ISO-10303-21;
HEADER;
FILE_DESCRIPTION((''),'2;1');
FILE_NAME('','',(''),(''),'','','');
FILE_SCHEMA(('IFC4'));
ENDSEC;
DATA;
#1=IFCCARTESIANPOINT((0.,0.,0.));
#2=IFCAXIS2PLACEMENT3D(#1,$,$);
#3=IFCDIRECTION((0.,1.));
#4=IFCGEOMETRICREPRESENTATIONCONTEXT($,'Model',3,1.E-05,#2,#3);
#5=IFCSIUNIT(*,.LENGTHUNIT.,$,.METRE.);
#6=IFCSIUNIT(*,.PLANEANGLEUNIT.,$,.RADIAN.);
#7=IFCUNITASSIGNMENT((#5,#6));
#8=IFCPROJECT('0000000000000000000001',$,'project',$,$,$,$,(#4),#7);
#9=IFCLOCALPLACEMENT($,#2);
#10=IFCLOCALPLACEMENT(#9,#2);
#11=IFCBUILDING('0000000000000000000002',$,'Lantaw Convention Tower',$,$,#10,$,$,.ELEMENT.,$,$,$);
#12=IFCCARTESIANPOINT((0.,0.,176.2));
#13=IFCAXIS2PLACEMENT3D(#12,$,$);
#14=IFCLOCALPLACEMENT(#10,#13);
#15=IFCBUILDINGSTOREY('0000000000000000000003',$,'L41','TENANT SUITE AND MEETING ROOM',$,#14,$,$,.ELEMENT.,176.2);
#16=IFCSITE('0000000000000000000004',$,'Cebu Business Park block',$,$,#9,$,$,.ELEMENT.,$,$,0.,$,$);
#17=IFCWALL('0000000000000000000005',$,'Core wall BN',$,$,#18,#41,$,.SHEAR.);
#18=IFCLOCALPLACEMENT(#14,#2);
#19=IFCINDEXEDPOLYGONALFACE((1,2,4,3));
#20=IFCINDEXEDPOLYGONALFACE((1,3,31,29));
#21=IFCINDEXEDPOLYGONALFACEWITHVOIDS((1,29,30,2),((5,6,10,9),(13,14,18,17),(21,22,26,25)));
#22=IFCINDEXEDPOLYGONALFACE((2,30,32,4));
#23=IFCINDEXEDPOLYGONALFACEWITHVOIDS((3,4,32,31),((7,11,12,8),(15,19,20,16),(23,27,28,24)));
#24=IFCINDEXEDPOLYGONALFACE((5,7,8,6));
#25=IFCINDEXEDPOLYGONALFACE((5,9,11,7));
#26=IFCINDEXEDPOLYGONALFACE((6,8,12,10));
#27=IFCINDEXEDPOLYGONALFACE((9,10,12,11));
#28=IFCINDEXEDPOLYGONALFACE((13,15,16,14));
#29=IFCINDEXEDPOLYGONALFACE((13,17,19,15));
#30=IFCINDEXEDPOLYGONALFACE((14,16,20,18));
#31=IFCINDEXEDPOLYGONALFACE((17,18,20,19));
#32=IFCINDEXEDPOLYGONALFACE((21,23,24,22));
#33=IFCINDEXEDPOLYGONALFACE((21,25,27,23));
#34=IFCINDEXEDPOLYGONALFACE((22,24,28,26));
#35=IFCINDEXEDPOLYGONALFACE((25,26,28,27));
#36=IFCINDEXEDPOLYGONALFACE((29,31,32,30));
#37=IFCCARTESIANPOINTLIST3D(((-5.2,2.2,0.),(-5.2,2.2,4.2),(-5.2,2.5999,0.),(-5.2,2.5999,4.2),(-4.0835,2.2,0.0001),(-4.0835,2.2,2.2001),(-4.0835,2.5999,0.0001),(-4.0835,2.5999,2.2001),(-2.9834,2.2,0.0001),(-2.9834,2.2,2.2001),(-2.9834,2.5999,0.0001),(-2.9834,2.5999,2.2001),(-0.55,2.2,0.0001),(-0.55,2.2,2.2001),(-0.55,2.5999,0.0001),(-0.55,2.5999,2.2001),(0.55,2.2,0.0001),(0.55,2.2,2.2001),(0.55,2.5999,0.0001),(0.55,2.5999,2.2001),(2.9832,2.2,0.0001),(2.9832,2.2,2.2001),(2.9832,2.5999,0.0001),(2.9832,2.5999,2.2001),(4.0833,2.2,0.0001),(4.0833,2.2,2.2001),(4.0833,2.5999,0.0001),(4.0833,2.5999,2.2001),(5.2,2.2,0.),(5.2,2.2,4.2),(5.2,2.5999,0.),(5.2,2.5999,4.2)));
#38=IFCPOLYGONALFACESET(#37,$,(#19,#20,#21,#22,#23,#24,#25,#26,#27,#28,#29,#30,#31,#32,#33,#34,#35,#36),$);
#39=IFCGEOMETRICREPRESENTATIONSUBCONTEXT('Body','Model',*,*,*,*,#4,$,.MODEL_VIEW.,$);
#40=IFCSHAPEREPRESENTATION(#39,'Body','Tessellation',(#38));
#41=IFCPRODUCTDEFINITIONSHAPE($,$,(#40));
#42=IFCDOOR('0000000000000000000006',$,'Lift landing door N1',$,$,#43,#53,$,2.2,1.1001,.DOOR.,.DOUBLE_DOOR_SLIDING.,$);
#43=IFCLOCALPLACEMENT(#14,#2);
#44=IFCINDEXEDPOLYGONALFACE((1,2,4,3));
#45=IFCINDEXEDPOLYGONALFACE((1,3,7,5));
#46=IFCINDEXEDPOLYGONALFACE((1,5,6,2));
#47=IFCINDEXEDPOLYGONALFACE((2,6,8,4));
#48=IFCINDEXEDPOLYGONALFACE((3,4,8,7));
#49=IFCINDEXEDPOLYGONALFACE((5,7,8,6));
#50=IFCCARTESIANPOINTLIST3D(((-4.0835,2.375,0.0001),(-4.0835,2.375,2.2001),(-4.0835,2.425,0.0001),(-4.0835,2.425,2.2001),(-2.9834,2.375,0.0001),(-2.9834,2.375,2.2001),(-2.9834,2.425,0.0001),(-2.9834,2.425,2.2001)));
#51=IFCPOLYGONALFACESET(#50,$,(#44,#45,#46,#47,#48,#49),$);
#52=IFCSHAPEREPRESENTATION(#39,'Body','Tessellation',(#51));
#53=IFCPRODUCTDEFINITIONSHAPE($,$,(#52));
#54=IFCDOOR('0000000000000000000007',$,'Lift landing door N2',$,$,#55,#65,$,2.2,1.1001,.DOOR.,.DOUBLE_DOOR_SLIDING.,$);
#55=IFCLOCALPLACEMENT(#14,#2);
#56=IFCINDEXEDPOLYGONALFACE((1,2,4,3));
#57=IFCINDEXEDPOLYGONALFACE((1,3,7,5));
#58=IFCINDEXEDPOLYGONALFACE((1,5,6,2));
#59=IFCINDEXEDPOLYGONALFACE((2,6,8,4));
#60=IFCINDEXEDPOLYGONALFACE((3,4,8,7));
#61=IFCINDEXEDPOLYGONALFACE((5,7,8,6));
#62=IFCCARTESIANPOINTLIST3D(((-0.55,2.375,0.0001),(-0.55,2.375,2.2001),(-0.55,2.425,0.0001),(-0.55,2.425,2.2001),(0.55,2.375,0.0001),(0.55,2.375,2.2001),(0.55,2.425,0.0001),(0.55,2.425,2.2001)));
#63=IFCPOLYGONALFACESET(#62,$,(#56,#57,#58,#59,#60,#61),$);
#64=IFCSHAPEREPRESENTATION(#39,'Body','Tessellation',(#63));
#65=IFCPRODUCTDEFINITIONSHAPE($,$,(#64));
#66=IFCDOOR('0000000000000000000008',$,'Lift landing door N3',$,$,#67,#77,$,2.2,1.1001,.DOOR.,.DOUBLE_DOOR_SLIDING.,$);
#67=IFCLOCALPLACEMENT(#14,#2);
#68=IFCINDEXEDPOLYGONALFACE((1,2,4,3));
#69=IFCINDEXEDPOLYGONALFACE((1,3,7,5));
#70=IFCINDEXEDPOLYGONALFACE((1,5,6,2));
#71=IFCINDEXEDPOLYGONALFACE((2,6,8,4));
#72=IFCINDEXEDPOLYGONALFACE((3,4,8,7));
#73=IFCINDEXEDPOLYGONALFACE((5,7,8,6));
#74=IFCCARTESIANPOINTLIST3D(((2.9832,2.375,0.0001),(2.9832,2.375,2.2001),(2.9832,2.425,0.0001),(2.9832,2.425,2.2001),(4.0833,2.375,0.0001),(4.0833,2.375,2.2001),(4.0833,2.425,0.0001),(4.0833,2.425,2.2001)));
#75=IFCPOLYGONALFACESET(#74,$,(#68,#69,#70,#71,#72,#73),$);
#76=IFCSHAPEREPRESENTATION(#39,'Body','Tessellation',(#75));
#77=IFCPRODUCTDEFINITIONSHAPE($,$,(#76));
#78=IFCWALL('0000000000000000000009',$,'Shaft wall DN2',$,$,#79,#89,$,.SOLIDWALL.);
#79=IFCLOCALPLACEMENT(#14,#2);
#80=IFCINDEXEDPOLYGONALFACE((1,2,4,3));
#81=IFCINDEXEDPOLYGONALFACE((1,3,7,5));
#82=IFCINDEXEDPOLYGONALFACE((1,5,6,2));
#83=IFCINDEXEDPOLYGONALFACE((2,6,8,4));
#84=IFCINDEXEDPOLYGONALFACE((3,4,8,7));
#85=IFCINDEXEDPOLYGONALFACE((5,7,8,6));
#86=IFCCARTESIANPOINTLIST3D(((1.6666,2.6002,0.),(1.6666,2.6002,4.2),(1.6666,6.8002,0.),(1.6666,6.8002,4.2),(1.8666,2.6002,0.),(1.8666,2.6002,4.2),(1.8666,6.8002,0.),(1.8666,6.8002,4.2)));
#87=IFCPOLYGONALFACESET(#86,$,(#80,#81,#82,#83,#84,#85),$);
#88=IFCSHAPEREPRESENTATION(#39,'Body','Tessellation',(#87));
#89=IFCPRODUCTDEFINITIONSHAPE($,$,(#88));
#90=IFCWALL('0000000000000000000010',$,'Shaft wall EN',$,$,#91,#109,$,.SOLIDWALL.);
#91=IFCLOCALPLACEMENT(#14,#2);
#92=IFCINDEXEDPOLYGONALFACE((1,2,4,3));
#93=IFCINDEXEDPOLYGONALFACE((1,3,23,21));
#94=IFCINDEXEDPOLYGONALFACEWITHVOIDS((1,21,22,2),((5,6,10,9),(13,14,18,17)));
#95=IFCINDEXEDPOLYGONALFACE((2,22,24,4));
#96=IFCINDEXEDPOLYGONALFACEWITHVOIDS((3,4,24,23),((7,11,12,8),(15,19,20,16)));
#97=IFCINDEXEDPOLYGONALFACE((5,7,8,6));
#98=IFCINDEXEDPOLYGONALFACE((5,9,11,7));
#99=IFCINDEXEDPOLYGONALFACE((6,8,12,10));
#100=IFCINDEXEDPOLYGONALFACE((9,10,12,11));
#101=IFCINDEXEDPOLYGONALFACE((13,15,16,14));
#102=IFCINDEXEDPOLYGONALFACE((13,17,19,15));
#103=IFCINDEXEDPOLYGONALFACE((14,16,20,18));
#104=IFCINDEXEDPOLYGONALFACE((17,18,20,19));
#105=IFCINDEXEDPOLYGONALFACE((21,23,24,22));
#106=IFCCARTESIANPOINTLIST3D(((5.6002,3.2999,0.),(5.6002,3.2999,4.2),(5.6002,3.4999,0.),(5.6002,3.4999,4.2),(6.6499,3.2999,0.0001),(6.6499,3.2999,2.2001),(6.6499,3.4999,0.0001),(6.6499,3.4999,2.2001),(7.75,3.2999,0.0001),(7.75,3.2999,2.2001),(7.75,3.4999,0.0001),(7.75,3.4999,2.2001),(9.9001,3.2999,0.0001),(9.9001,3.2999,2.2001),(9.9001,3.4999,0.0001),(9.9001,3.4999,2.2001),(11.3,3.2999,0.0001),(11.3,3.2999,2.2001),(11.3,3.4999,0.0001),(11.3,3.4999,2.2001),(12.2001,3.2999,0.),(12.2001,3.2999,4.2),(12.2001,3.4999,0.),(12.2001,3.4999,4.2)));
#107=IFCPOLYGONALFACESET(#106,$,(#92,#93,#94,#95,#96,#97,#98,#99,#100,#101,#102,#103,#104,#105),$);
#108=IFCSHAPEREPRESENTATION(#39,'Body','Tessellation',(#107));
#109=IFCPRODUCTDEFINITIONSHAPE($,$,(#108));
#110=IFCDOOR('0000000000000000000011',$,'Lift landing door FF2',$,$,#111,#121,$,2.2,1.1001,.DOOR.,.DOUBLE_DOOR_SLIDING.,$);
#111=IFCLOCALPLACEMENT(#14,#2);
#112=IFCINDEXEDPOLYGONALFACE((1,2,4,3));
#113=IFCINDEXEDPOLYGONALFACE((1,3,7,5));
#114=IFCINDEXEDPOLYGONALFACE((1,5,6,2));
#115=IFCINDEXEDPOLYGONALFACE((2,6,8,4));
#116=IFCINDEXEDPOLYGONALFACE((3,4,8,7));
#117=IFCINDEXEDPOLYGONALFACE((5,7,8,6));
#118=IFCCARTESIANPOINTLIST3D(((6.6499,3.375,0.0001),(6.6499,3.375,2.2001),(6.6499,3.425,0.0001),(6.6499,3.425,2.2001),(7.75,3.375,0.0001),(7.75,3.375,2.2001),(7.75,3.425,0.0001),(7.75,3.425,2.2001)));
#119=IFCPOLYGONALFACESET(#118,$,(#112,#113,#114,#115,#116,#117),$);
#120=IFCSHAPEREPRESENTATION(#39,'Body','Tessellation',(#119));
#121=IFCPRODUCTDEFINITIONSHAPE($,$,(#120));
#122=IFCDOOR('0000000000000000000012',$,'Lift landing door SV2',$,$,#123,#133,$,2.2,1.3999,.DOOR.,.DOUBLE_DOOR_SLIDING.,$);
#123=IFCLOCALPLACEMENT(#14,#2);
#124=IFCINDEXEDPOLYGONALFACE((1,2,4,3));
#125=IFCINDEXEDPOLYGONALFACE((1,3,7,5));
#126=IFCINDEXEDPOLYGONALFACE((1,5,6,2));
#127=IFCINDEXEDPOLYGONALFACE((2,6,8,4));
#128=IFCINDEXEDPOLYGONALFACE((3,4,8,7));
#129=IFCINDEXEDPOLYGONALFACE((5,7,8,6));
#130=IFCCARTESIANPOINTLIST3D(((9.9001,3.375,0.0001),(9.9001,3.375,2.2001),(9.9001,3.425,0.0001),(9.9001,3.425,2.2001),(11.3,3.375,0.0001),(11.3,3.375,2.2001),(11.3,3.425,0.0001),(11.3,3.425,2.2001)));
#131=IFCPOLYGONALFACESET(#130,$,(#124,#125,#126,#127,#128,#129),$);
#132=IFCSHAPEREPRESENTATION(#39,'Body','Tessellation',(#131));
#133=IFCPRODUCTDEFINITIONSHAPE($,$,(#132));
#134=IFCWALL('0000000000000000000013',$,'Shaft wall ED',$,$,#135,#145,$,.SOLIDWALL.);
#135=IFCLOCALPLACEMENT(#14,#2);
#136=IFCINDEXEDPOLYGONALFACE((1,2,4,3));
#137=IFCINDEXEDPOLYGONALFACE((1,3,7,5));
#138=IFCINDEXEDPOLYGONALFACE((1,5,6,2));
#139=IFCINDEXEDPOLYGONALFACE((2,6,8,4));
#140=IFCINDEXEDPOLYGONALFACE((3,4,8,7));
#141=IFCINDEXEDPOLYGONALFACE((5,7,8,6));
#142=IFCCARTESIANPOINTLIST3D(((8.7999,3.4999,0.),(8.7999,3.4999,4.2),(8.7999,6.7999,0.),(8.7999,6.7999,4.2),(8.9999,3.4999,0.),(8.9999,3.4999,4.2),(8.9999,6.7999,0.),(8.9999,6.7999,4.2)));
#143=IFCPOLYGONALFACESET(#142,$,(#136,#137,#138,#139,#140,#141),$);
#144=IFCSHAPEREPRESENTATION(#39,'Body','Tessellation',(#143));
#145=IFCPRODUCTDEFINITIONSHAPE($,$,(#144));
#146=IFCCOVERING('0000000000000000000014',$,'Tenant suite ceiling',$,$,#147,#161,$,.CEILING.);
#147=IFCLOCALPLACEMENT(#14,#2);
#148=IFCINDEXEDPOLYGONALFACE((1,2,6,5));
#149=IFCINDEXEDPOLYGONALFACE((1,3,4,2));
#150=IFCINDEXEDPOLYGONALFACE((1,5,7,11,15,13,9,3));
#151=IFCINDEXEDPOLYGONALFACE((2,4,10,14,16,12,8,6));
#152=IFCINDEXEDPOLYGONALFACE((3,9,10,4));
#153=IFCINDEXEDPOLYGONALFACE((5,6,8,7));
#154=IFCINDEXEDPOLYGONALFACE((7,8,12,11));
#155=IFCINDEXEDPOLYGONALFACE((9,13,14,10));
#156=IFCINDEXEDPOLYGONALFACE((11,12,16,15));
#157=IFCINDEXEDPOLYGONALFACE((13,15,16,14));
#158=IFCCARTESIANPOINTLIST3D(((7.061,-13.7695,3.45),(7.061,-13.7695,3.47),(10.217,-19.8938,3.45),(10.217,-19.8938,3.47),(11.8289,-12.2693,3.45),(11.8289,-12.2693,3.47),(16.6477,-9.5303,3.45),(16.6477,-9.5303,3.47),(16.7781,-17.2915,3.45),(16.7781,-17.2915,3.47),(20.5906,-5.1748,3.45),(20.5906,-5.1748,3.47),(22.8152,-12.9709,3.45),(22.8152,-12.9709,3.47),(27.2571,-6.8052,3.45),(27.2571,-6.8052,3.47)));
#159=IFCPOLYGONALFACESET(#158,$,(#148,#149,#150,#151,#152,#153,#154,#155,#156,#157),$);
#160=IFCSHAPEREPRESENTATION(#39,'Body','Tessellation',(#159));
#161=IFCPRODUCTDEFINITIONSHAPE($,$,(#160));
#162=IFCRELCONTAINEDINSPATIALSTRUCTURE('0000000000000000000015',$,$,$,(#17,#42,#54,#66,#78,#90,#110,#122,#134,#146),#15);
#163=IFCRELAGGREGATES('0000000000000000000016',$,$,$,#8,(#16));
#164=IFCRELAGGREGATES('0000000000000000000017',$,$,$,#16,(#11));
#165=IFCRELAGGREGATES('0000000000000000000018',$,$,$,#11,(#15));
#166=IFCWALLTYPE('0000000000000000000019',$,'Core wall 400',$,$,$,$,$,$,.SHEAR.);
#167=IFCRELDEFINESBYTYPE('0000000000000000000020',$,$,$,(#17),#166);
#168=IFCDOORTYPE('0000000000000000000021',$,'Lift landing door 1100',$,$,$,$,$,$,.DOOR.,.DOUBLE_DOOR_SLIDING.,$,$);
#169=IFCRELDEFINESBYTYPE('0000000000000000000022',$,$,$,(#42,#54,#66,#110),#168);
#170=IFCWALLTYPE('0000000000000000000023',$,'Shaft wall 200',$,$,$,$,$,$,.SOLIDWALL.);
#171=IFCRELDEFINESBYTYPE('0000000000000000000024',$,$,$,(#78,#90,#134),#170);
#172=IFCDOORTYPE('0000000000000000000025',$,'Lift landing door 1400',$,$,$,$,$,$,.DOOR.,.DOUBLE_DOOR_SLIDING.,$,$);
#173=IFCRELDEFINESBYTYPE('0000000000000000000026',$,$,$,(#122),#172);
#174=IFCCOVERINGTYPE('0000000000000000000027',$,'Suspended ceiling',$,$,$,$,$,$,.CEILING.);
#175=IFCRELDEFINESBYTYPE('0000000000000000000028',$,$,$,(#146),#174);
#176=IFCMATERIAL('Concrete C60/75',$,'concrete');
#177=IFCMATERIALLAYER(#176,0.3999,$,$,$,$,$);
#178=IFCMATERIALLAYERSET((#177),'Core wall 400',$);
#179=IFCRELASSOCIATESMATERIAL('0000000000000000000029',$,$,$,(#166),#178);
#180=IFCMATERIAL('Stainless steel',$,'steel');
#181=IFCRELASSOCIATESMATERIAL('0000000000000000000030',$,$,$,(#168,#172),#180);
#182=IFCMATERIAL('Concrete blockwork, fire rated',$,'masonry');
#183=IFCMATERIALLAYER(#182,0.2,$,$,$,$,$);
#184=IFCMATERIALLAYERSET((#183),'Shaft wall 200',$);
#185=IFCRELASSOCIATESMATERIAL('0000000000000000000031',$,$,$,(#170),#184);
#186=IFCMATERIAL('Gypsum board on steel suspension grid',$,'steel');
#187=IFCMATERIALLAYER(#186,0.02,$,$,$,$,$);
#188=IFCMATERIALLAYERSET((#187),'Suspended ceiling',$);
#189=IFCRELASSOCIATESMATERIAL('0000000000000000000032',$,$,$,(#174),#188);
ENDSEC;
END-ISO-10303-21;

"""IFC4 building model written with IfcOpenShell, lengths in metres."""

from ifc_helpers import new_model, si_unit, direction, frame, frame_2d, origin, place, context, subcontext, project, spatial, polyline, rectangle, outline, extrude, material, layer, layer_set, type_object, element, fill, save


model = new_model("IFC4")

# Units and contexts
model_context = context("Model", 3, precision=1e-05, world=origin(), true_north=direction((0.0, 1.0)))
body_context = subcontext(model_context, "Body", "Model", "MODEL_VIEW")
ifc_project = project(units=[si_unit("LENGTHUNIT", "METRE"), si_unit("PLANEANGLEUNIT", "RADIAN")], contexts=[model_context])

# Site, building, storey
site_placement = place(None, origin())
site = spatial("IfcSite", under=ifc_project, at=site_placement, Name="Cebu Business Park block", CompositionType="ELEMENT", RefElevation=0.0)
building_placement = place(site_placement, origin())
building = spatial("IfcBuilding", under=site, at=building_placement, Name="Lantaw Convention Tower", CompositionType="ELEMENT")
storey_placement = place(building_placement, frame((0.0, 0.0, 176.2)))
storey = spatial("IfcBuildingStorey", under=building, at=storey_placement, Name="L41", Description="TENANT SUITE AND MEETING ROOM", CompositionType="ELEMENT", Elevation=176.2)

# Wall, openings, doors
ifc_material_1 = material(Name="Concrete C60/75", Category="concrete")
ifc_layer_1 = layer(ifc_material_1, 0.3999)
ifc_layer_set_1 = layer_set([ifc_layer_1], Name="Core wall 400")
wall_type_1 = type_object("IfcWallType", Name="Core wall 400", PredefinedType="SHEAR", material=ifc_layer_set_1)
wall_1_placement = place(storey_placement, frame((5.2, 2.3999, 0.0), z_axis=(0.0, 0.0, 1.0), x_axis=(-1.0, 0.0, 0.0)))
wall_1 = element("IfcWall", 1, at=wall_1_placement, inside=storey, type_object=wall_type_1, Name="Core wall BN", PredefinedType="SHEAR", context=body_context, shape_type="SweptSolid", body=[
    extrude(rectangle(XDim=10.3999, YDim=0.3999, at=frame_2d((5.2, 0.0))), origin(), (0.0, 0.0, 1.0), 4.2),
])
opening_1_placement = place(wall_1_placement, frame((8.1833, 0.0, 0.0)))
opening_1 = element("IfcOpeningElement", 2, at=opening_1_placement, cuts=wall_1, PredefinedType="OPENING", context=body_context, shape_type="SweptSolid", body=[
    extrude(rectangle(XDim=1.1001, YDim=2.2, at=frame_2d((0.55, 1.1001))), frame((0.0, 0.21, 0.0), z_axis=(0.0, -1.0, 0.0), x_axis=(1.0, 0.0, 0.0)), (0.0, 0.0, 1.0), 0.4199),
])
opening_2_placement = place(wall_1_placement, frame((4.6499, 0.0, 0.0)))
opening_2 = element("IfcOpeningElement", 3, at=opening_2_placement, cuts=wall_1, PredefinedType="OPENING", context=body_context, shape_type="SweptSolid", body=[
    extrude(rectangle(XDim=1.1001, YDim=2.2, at=frame_2d((0.55, 1.1001))), frame((0.0, 0.21, 0.0), z_axis=(0.0, -1.0, 0.0), x_axis=(1.0, 0.0, 0.0)), (0.0, 0.0, 1.0), 0.4199),
])
opening_3_placement = place(wall_1_placement, frame((1.1167, 0.0, 0.0)))
opening_3 = element("IfcOpeningElement", 4, at=opening_3_placement, cuts=wall_1, PredefinedType="OPENING", context=body_context, shape_type="SweptSolid", body=[
    extrude(rectangle(XDim=1.1001, YDim=2.2, at=frame_2d((0.55, 1.1001))), frame((0.0, 0.21, 0.0), z_axis=(0.0, -1.0, 0.0), x_axis=(1.0, 0.0, 0.0)), (0.0, 0.0, 1.0), 0.4199),
])
ifc_material_2 = material(Name="Stainless steel", Category="steel")
door_type_1 = type_object("IfcDoorType", Name="Lift landing door 1100", OperationType="DOUBLE_DOOR_SLIDING", PredefinedType="DOOR", material=ifc_material_2)
door_1_placement = place(opening_1_placement, origin())
door_1 = element("IfcDoor", 5, at=door_1_placement, inside=storey, type_object=door_type_1, Name="Lift landing door N1", OperationType="DOUBLE_DOOR_SLIDING", OverallHeight=2.2, OverallWidth=1.1001, PredefinedType="DOOR", context=body_context, shape_type="SweptSolid", body=[
    extrude(rectangle(XDim=1.1001, YDim=2.2, at=frame_2d((0.55, 1.1001))), frame((0.0, 0.0249, 0.0), z_axis=(0.0, -1.0, 0.0), x_axis=(1.0, 0.0, 0.0)), (0.0, 0.0, 1.0), 0.05),
])
fill(opening_1, door_1)
door_2_placement = place(opening_2_placement, origin())
door_2 = element("IfcDoor", 6, at=door_2_placement, inside=storey, type_object=door_type_1, Name="Lift landing door N2", OperationType="DOUBLE_DOOR_SLIDING", OverallHeight=2.2, OverallWidth=1.1001, PredefinedType="DOOR", context=body_context, shape_type="SweptSolid", body=[
    extrude(rectangle(XDim=1.1001, YDim=2.2, at=frame_2d((0.55, 1.1001))), frame((0.0, 0.0249, 0.0), z_axis=(0.0, -1.0, 0.0), x_axis=(1.0, 0.0, 0.0)), (0.0, 0.0, 1.0), 0.05),
])
fill(opening_2, door_2)
door_3_placement = place(opening_3_placement, origin())
door_3 = element("IfcDoor", 7, at=door_3_placement, inside=storey, type_object=door_type_1, Name="Lift landing door N3", OperationType="DOUBLE_DOOR_SLIDING", OverallHeight=2.2, OverallWidth=1.1001, PredefinedType="DOOR", context=body_context, shape_type="SweptSolid", body=[
    extrude(rectangle(XDim=1.1001, YDim=2.2, at=frame_2d((0.55, 1.1001))), frame((0.0, 0.0249, 0.0), z_axis=(0.0, -1.0, 0.0), x_axis=(1.0, 0.0, 0.0)), (0.0, 0.0, 1.0), 0.05),
])
fill(opening_3, door_3)

# Wall
ifc_material_3 = material(Name="Concrete blockwork, fire rated", Category="masonry")
ifc_layer_2 = layer(ifc_material_3, 0.2)
ifc_layer_set_2 = layer_set([ifc_layer_2], Name="Shaft wall 200")
wall_type_2 = type_object("IfcWallType", Name="Shaft wall 200", PredefinedType="SOLIDWALL", material=ifc_layer_set_2)
wall_2_placement = place(storey_placement, frame((1.7666, 2.6001, 0.0), z_axis=(0.0, 0.0, 1.0), x_axis=(0.0, 1.0, 0.0)))
element("IfcWall", 8, at=wall_2_placement, inside=storey, type_object=wall_type_2, Name="Shaft wall DN2", PredefinedType="SOLIDWALL", context=body_context, shape_type="SweptSolid", body=[
    extrude(rectangle(XDim=4.2, YDim=0.2, at=frame_2d((2.1001, 0.0))), origin(), (0.0, 0.0, 1.0), 4.2),
])

# Wall, openings, doors
wall_3_placement = place(storey_placement, frame((12.2, 3.3999, 0.0), z_axis=(0.0, 0.0, 1.0), x_axis=(-1.0, 0.0, 0.0)))
wall_3 = element("IfcWall", 9, at=wall_3_placement, inside=storey, type_object=wall_type_2, Name="Shaft wall EN", PredefinedType="SOLIDWALL", context=body_context, shape_type="SweptSolid", body=[
    extrude(rectangle(XDim=6.5999, YDim=0.2, at=frame_2d((3.2998, 0.0))), origin(), (0.0, 0.0, 1.0), 4.2),
])
opening_4_placement = place(wall_3_placement, frame((4.45, 0.0, 0.0)))
opening_4 = element("IfcOpeningElement", 10, at=opening_4_placement, cuts=wall_3, PredefinedType="OPENING", context=body_context, shape_type="SweptSolid", body=[
    extrude(rectangle(XDim=1.1001, YDim=2.2, at=frame_2d((0.55, 1.1001))), frame((0.0, 0.1099, 0.0), z_axis=(0.0, -1.0, 0.0), x_axis=(1.0, 0.0, 0.0)), (0.0, 0.0, 1.0), 0.22),
])
opening_5_placement = place(wall_3_placement, frame((0.8999, 0.0, 0.0)))
opening_5 = element("IfcOpeningElement", 11, at=opening_5_placement, cuts=wall_3, PredefinedType="OPENING", context=body_context, shape_type="SweptSolid", body=[
    extrude(rectangle(XDim=1.3999, YDim=2.2, at=frame_2d((0.7, 1.1001))), frame((0.0, 0.1099, 0.0), z_axis=(0.0, -1.0, 0.0), x_axis=(1.0, 0.0, 0.0)), (0.0, 0.0, 1.0), 0.22),
])
door_4_placement = place(opening_4_placement, origin())
door_4 = element("IfcDoor", 12, at=door_4_placement, inside=storey, type_object=door_type_1, Name="Lift landing door FF2", OperationType="DOUBLE_DOOR_SLIDING", OverallHeight=2.2, OverallWidth=1.1001, PredefinedType="DOOR", context=body_context, shape_type="SweptSolid", body=[
    extrude(rectangle(XDim=1.1001, YDim=2.2, at=frame_2d((0.55, 1.1001))), frame((0.0, 0.0249, 0.0), z_axis=(0.0, -1.0, 0.0), x_axis=(1.0, 0.0, 0.0)), (0.0, 0.0, 1.0), 0.05),
])
fill(opening_4, door_4)
door_type_2 = type_object("IfcDoorType", Name="Lift landing door 1400", OperationType="DOUBLE_DOOR_SLIDING", PredefinedType="DOOR", material=ifc_material_2)
door_5_placement = place(opening_5_placement, origin())
door_5 = element("IfcDoor", 13, at=door_5_placement, inside=storey, type_object=door_type_2, Name="Lift landing door SV2", OperationType="DOUBLE_DOOR_SLIDING", OverallHeight=2.2, OverallWidth=1.3999, PredefinedType="DOOR", context=body_context, shape_type="SweptSolid", body=[
    extrude(rectangle(XDim=1.3999, YDim=2.2, at=frame_2d((0.7, 1.1001))), frame((0.0, 0.0249, 0.0), z_axis=(0.0, -1.0, 0.0), x_axis=(1.0, 0.0, 0.0)), (0.0, 0.0, 1.0), 0.05),
])
fill(opening_5, door_5)

# Wall
wall_4_placement = place(storey_placement, frame((8.8999, 3.5, 0.0), z_axis=(0.0, 0.0, 1.0), x_axis=(0.0, 1.0, 0.0)))
element("IfcWall", 14, at=wall_4_placement, inside=storey, type_object=wall_type_2, Name="Shaft wall ED", PredefinedType="SOLIDWALL", context=body_context, shape_type="SweptSolid", body=[
    extrude(rectangle(XDim=3.3, YDim=0.2, at=frame_2d((1.6499, 0.0))), origin(), (0.0, 0.0, 1.0), 4.2),
])

# Covering
ifc_material_4 = material(Name="Gypsum board on steel suspension grid", Category="steel")
ifc_layer_3 = layer(ifc_material_4, 0.02)
ifc_layer_set_3 = layer_set([ifc_layer_3], Name="Suspended ceiling")
covering_type = type_object("IfcCoveringType", Name="Suspended ceiling", PredefinedType="CEILING", material=ifc_layer_set_3)
covering_1_placement = place(storey_placement, frame((0.0, 0.0, 3.45)))
element("IfcCovering", 15, at=covering_1_placement, inside=storey, type_object=covering_type, Name="Tenant suite ceiling", PredefinedType="CEILING", context=body_context, shape_type="SweptSolid", body=[
    extrude(outline(polyline([(7.061, -13.7695), (10.217, -19.8938), (16.7781, -17.2915), (22.8152, -12.9709), (27.2571, -6.8052), (20.5906, -5.1748), (16.6477, -9.5303), (11.8289, -12.2693), (7.061, -13.7695)])), origin(), (0.0, 0.0, 1.0), 0.02),
])

save(model, "model.ifc")
